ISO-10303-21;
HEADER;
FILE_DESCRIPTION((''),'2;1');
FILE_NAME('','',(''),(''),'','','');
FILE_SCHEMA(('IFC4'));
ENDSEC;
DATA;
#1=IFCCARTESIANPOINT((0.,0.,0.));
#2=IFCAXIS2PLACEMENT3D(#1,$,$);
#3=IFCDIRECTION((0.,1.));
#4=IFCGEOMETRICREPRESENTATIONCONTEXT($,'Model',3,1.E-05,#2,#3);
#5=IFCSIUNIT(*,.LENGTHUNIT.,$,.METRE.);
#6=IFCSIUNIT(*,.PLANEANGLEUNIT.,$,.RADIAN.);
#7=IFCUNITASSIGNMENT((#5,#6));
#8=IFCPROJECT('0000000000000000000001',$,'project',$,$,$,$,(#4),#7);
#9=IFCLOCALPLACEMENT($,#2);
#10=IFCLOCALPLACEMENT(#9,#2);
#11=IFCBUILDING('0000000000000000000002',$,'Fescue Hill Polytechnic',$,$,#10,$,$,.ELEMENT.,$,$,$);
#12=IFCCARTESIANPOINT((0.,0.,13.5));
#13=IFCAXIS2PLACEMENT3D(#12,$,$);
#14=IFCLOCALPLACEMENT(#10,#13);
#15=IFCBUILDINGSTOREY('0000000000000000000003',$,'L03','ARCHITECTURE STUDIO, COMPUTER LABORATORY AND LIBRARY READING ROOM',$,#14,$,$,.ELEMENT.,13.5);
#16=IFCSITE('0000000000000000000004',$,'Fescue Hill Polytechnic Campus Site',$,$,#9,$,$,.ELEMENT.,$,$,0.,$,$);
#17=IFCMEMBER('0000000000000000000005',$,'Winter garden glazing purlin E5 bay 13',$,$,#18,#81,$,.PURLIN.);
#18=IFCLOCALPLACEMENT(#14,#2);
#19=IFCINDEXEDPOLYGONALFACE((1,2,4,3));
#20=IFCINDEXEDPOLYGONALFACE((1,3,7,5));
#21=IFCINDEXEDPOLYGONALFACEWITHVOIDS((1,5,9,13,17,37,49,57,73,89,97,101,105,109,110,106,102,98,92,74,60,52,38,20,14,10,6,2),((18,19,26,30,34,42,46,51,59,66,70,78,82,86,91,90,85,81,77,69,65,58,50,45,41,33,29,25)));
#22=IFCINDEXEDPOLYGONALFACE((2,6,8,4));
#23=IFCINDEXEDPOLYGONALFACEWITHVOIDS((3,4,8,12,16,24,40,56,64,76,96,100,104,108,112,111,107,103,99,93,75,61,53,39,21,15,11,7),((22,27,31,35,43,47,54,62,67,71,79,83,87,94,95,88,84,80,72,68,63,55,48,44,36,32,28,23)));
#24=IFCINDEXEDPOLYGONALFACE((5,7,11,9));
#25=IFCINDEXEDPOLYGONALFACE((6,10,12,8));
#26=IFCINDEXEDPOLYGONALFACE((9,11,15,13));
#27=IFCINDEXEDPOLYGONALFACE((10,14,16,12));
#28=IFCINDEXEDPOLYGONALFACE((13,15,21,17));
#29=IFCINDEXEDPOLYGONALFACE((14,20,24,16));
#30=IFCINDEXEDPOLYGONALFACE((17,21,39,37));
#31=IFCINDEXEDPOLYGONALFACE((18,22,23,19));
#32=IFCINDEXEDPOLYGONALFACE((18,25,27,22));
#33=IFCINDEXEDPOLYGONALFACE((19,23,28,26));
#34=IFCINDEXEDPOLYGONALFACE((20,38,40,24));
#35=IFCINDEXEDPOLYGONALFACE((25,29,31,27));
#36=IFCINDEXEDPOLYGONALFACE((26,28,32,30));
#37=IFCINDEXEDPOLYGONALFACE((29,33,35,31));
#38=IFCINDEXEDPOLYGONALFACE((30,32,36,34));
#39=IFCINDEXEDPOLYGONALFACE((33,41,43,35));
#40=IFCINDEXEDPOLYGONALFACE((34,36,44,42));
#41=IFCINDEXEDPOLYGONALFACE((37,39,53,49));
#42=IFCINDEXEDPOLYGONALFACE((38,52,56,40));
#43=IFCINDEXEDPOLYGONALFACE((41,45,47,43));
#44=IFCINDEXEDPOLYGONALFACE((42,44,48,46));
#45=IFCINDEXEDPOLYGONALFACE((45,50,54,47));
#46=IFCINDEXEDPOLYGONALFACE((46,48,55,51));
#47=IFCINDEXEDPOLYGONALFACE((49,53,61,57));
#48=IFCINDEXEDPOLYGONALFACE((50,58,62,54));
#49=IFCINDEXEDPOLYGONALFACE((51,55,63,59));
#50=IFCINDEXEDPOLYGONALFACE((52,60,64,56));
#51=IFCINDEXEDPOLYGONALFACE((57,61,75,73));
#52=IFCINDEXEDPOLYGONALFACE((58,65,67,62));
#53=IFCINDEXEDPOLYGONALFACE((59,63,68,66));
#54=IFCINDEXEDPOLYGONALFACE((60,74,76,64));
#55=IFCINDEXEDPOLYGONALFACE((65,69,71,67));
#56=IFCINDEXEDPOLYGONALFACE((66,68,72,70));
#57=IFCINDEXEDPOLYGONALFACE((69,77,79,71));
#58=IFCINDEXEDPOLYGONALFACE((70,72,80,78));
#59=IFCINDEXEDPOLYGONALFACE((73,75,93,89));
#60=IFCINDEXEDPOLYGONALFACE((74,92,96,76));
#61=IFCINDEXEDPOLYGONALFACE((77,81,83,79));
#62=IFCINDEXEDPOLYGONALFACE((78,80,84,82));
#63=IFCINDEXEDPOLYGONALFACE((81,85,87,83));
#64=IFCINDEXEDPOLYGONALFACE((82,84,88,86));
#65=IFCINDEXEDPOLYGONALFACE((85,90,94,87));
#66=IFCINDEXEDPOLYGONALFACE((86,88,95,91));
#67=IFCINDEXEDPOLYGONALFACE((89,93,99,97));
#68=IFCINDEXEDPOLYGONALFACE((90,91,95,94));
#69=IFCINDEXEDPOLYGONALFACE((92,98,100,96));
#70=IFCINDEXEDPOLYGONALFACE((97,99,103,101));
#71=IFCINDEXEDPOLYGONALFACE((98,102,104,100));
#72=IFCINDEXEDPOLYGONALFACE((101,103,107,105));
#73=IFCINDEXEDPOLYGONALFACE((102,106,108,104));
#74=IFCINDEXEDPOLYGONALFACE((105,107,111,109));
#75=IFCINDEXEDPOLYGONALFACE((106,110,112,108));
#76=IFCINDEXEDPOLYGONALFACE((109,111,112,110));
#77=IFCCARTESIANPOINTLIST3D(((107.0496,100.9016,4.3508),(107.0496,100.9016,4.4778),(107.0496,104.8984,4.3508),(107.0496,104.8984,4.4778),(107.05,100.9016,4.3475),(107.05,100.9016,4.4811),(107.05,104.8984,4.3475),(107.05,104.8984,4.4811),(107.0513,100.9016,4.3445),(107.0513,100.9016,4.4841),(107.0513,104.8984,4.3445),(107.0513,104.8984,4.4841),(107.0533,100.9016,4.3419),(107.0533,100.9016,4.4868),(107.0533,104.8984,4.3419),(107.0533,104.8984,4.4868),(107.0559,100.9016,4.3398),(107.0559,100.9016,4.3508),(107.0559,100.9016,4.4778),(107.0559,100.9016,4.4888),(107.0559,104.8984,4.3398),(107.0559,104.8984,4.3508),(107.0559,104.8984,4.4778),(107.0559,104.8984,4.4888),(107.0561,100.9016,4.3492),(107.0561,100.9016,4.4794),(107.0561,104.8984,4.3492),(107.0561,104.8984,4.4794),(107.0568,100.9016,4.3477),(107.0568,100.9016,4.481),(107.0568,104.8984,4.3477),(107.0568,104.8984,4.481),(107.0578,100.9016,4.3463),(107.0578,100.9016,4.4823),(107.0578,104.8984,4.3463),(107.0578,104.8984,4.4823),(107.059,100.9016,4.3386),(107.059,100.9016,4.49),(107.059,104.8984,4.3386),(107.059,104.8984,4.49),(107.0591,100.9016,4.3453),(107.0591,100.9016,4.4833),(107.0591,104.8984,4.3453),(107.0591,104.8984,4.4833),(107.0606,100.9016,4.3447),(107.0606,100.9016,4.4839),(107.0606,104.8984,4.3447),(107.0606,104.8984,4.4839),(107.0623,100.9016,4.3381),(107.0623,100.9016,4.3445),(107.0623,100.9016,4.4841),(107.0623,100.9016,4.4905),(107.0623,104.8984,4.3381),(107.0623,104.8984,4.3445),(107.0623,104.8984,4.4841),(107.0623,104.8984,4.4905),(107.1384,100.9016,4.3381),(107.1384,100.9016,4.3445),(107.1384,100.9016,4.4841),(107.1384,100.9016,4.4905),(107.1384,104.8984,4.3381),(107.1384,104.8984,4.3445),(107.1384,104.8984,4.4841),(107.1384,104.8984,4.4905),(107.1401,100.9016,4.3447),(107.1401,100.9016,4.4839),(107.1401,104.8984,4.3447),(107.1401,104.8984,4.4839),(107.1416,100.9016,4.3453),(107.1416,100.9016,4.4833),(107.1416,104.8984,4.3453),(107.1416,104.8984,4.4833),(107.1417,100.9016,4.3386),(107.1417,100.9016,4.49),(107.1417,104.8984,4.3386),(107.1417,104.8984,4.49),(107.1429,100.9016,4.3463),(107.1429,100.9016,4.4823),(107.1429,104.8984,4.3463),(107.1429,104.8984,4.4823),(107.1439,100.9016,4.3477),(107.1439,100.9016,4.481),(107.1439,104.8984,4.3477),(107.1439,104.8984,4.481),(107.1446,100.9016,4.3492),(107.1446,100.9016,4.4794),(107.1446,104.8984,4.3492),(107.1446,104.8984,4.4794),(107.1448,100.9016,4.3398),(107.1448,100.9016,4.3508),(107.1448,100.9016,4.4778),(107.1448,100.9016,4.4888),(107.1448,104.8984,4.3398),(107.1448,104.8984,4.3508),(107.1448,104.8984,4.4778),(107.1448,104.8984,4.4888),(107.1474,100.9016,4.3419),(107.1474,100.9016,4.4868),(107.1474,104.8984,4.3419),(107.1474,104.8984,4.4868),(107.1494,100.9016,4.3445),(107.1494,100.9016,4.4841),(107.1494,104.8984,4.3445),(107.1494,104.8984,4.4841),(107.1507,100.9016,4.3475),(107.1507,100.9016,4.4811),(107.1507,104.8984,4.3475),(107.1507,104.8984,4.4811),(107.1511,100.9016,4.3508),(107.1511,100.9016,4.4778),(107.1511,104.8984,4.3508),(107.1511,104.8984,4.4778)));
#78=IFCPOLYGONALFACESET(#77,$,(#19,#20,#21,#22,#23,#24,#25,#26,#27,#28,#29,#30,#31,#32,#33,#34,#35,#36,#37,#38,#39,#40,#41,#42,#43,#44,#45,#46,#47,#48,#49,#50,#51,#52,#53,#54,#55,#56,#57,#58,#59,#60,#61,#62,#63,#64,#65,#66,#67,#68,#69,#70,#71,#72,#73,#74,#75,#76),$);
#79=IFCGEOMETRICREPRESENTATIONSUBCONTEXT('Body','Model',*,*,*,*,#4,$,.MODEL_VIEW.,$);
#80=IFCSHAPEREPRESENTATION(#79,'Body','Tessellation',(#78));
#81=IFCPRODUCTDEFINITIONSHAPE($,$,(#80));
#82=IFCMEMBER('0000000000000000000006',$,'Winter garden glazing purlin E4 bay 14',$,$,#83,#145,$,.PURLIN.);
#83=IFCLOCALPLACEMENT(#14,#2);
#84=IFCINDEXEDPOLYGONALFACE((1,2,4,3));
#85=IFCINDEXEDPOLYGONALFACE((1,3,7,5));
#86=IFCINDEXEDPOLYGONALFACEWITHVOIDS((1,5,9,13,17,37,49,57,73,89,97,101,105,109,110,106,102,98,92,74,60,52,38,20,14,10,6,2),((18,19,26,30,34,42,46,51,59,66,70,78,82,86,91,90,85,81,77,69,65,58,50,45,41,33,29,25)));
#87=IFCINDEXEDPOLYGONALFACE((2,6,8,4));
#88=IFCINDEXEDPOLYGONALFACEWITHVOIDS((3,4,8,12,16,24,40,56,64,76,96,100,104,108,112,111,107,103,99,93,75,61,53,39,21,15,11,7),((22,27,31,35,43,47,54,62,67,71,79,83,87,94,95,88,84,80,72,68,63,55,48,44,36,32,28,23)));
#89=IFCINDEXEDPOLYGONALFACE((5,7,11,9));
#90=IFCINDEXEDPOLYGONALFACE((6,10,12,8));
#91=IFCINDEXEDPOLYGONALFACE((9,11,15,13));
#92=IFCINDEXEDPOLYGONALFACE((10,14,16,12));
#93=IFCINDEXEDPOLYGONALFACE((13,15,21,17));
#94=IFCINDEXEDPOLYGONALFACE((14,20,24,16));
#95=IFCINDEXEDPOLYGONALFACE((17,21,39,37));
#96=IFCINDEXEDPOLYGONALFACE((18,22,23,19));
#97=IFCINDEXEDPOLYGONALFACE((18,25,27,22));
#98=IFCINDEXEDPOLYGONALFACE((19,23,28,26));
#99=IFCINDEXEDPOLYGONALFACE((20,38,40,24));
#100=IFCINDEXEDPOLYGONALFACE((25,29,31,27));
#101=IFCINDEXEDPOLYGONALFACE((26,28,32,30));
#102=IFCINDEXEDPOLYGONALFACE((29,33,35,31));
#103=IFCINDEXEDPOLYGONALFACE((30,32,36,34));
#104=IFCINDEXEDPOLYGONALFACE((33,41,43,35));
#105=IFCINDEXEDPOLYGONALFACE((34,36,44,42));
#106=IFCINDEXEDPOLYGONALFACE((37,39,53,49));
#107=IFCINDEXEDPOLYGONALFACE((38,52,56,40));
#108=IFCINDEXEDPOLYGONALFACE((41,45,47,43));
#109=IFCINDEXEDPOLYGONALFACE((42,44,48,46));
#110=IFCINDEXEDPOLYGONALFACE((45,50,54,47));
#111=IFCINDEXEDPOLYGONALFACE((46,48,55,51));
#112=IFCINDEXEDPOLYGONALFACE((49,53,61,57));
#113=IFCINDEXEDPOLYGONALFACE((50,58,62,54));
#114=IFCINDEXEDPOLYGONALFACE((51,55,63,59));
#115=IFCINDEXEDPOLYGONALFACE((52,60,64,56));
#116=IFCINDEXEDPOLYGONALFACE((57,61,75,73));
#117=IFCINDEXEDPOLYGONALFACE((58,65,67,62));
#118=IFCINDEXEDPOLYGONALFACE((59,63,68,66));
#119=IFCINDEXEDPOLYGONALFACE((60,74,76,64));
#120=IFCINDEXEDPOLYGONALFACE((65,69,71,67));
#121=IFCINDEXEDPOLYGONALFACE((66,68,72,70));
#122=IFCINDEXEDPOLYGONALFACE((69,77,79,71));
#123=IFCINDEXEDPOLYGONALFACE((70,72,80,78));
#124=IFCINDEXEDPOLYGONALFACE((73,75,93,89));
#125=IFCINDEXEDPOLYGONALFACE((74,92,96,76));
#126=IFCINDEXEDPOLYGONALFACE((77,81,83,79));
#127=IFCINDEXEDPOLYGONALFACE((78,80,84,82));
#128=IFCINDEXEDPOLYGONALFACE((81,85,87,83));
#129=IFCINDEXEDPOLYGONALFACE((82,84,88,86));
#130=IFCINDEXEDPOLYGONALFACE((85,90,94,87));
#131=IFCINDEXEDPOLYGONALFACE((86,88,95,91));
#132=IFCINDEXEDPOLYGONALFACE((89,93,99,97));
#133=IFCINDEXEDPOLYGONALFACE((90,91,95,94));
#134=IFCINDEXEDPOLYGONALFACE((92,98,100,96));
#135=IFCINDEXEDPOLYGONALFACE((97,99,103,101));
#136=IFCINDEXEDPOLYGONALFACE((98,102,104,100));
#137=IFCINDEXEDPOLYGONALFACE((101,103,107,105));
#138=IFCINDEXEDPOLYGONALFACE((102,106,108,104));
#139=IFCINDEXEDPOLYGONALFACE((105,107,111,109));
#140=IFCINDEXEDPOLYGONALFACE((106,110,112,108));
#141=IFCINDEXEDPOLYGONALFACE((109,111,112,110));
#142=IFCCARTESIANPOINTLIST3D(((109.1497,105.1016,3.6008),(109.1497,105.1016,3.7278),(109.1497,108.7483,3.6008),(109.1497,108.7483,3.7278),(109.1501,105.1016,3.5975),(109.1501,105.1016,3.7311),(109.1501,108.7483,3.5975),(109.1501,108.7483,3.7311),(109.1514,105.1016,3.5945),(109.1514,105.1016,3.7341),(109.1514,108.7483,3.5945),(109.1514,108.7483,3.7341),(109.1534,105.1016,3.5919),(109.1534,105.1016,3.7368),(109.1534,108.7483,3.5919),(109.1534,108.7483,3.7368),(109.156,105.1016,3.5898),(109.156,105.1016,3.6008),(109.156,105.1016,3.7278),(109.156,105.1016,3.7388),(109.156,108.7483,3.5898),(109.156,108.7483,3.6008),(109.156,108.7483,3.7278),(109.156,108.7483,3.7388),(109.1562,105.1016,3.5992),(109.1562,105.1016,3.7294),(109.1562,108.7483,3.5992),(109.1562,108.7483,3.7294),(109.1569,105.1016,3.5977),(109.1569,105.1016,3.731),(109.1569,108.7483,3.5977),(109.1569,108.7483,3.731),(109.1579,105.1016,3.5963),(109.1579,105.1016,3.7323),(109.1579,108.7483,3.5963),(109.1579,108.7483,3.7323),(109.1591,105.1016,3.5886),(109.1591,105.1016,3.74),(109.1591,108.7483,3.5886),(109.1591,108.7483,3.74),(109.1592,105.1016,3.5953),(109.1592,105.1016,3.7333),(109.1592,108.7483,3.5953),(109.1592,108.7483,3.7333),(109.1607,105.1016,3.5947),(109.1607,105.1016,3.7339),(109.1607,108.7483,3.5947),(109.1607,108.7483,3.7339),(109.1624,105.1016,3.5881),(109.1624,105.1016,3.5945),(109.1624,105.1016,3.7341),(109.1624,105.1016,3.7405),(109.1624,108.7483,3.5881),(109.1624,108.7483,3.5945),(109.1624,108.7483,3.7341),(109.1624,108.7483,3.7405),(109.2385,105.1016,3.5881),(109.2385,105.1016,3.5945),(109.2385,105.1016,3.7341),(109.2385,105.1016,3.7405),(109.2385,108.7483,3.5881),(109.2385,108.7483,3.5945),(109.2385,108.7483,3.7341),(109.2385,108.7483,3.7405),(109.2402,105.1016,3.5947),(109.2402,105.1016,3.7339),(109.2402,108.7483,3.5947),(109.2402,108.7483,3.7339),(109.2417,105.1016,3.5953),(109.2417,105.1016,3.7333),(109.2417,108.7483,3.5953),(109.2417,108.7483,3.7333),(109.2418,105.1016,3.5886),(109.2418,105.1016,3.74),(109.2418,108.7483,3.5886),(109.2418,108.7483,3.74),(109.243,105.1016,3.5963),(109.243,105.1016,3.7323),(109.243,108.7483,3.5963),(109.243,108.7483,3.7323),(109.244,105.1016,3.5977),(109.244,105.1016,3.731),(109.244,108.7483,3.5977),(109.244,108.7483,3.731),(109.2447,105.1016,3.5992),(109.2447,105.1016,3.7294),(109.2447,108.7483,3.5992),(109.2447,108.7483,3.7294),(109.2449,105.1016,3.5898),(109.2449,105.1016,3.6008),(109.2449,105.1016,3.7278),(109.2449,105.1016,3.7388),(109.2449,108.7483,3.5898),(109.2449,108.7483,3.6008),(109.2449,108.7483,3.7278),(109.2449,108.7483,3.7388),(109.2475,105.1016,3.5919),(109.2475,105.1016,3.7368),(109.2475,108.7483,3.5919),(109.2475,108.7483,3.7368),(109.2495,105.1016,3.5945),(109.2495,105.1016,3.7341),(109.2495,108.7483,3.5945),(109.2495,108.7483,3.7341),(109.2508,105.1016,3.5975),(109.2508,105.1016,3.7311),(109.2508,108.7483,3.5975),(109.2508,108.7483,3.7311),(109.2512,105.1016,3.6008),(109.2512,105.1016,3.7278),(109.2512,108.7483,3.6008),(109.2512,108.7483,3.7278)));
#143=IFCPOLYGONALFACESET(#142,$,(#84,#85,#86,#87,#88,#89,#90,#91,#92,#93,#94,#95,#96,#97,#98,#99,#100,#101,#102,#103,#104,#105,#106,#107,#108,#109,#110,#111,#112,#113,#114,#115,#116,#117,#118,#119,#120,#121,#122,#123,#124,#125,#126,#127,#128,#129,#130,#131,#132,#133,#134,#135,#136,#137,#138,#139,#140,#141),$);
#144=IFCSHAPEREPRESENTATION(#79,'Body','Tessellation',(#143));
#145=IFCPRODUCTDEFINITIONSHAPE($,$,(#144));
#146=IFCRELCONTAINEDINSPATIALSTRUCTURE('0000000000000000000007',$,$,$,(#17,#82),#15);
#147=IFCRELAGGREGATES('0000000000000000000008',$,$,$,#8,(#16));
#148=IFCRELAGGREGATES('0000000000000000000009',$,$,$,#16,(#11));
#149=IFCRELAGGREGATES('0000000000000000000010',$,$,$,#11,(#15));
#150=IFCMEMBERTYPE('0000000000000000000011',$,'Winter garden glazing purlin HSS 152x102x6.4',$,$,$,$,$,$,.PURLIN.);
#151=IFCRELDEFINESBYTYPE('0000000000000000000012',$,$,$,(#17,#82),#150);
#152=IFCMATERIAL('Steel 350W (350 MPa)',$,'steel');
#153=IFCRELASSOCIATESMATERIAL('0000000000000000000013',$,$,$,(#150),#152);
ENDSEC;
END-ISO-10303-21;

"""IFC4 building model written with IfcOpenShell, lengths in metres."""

from ifc_helpers import new_model, si_unit, direction, frame, origin, origin_2d, place, context, subcontext, project, spatial, hollow_rectangle, extrude, material, material_profile, profile_set, type_object, element, save


model = new_model("IFC4")

# Units and contexts
model_context = context("Model", 3, precision=1e-05, world=origin(), true_north=direction((0.0, 1.0)))
body_context = subcontext(model_context, "Body", "Model", "MODEL_VIEW")
ifc_project = project(units=[si_unit("LENGTHUNIT", "METRE"), si_unit("PLANEANGLEUNIT", "RADIAN")], contexts=[model_context])

# Site, building, storey
site_placement = place(None, origin())
site = spatial("IfcSite", under=ifc_project, at=site_placement, Name="Fescue Hill Polytechnic Campus Site", CompositionType="ELEMENT", RefElevation=0.0)
building_placement = place(site_placement, origin())
building = spatial("IfcBuilding", under=site, at=building_placement, Name="Fescue Hill Polytechnic", CompositionType="ELEMENT")
storey_placement = place(building_placement, frame((0.0, 0.0, 13.5)))
storey = spatial("IfcBuildingStorey", under=building, at=storey_placement, Name="L03", Description="ARCHITECTURE STUDIO, COMPUTER LABORATORY AND LIBRARY READING ROOM", CompositionType="ELEMENT", Elevation=13.5)

# Members
ifc_material_1 = material(Name="Steel 350W (350 MPa)", Category="steel")
ifc_material_profile_1 = material_profile(ifc_material_1, hollow_rectangle(XDim=0.1016, YDim=0.1523, WallThickness=0.0063, InnerFilletRadius=0.0063, OuterFilletRadius=0.0127, at=origin_2d()), Name="Winter garden glazing purlin HSS 152x102x6.4")
ifc_profile_set_1 = profile_set([ifc_material_profile_1], Name="Steel 350W (350 MPa)")
member_type_1 = type_object("IfcMemberType", Name="Winter garden glazing purlin HSS 152x102x6.4", PredefinedType="PURLIN", material=ifc_profile_set_1)
for number, where, z_axis, x_axis, name in (
    (1, (107.1003, 100.9016, 4.4143), (0.0, 1.0, 0.0), (-1.0, 0.0, 0.0), "Winter garden glazing purlin E5 bay 13"),
):
    element("IfcMember", number, at=place(storey_placement, frame(where, z_axis=z_axis, x_axis=x_axis)), inside=storey, type_object=member_type_1, Name=name, PredefinedType="PURLIN", context=body_context, shape_type="SweptSolid", body=[
        extrude(hollow_rectangle(XDim=0.1016, YDim=0.1523, WallThickness=0.0063, InnerFilletRadius=0.0063, OuterFilletRadius=0.0127, at=origin_2d()), origin(), (0.0, 0.0, 1.0), 3.9968),
    ])
for number, where, z_axis, x_axis, name in (
    (2, (109.2004, 105.1016, 3.6643), (0.0, 1.0, 0.0), (-1.0, 0.0, 0.0), "Winter garden glazing purlin E4 bay 14"),
):
    element("IfcMember", number, at=place(storey_placement, frame(where, z_axis=z_axis, x_axis=x_axis)), inside=storey, type_object=member_type_1, Name=name, PredefinedType="PURLIN", context=body_context, shape_type="SweptSolid", body=[
        extrude(hollow_rectangle(XDim=0.1016, YDim=0.1523, WallThickness=0.0063, InnerFilletRadius=0.0063, OuterFilletRadius=0.0127, at=origin_2d()), origin(), (0.0, 0.0, 1.0), 3.6467),
    ])

save(model, "model.ifc")
